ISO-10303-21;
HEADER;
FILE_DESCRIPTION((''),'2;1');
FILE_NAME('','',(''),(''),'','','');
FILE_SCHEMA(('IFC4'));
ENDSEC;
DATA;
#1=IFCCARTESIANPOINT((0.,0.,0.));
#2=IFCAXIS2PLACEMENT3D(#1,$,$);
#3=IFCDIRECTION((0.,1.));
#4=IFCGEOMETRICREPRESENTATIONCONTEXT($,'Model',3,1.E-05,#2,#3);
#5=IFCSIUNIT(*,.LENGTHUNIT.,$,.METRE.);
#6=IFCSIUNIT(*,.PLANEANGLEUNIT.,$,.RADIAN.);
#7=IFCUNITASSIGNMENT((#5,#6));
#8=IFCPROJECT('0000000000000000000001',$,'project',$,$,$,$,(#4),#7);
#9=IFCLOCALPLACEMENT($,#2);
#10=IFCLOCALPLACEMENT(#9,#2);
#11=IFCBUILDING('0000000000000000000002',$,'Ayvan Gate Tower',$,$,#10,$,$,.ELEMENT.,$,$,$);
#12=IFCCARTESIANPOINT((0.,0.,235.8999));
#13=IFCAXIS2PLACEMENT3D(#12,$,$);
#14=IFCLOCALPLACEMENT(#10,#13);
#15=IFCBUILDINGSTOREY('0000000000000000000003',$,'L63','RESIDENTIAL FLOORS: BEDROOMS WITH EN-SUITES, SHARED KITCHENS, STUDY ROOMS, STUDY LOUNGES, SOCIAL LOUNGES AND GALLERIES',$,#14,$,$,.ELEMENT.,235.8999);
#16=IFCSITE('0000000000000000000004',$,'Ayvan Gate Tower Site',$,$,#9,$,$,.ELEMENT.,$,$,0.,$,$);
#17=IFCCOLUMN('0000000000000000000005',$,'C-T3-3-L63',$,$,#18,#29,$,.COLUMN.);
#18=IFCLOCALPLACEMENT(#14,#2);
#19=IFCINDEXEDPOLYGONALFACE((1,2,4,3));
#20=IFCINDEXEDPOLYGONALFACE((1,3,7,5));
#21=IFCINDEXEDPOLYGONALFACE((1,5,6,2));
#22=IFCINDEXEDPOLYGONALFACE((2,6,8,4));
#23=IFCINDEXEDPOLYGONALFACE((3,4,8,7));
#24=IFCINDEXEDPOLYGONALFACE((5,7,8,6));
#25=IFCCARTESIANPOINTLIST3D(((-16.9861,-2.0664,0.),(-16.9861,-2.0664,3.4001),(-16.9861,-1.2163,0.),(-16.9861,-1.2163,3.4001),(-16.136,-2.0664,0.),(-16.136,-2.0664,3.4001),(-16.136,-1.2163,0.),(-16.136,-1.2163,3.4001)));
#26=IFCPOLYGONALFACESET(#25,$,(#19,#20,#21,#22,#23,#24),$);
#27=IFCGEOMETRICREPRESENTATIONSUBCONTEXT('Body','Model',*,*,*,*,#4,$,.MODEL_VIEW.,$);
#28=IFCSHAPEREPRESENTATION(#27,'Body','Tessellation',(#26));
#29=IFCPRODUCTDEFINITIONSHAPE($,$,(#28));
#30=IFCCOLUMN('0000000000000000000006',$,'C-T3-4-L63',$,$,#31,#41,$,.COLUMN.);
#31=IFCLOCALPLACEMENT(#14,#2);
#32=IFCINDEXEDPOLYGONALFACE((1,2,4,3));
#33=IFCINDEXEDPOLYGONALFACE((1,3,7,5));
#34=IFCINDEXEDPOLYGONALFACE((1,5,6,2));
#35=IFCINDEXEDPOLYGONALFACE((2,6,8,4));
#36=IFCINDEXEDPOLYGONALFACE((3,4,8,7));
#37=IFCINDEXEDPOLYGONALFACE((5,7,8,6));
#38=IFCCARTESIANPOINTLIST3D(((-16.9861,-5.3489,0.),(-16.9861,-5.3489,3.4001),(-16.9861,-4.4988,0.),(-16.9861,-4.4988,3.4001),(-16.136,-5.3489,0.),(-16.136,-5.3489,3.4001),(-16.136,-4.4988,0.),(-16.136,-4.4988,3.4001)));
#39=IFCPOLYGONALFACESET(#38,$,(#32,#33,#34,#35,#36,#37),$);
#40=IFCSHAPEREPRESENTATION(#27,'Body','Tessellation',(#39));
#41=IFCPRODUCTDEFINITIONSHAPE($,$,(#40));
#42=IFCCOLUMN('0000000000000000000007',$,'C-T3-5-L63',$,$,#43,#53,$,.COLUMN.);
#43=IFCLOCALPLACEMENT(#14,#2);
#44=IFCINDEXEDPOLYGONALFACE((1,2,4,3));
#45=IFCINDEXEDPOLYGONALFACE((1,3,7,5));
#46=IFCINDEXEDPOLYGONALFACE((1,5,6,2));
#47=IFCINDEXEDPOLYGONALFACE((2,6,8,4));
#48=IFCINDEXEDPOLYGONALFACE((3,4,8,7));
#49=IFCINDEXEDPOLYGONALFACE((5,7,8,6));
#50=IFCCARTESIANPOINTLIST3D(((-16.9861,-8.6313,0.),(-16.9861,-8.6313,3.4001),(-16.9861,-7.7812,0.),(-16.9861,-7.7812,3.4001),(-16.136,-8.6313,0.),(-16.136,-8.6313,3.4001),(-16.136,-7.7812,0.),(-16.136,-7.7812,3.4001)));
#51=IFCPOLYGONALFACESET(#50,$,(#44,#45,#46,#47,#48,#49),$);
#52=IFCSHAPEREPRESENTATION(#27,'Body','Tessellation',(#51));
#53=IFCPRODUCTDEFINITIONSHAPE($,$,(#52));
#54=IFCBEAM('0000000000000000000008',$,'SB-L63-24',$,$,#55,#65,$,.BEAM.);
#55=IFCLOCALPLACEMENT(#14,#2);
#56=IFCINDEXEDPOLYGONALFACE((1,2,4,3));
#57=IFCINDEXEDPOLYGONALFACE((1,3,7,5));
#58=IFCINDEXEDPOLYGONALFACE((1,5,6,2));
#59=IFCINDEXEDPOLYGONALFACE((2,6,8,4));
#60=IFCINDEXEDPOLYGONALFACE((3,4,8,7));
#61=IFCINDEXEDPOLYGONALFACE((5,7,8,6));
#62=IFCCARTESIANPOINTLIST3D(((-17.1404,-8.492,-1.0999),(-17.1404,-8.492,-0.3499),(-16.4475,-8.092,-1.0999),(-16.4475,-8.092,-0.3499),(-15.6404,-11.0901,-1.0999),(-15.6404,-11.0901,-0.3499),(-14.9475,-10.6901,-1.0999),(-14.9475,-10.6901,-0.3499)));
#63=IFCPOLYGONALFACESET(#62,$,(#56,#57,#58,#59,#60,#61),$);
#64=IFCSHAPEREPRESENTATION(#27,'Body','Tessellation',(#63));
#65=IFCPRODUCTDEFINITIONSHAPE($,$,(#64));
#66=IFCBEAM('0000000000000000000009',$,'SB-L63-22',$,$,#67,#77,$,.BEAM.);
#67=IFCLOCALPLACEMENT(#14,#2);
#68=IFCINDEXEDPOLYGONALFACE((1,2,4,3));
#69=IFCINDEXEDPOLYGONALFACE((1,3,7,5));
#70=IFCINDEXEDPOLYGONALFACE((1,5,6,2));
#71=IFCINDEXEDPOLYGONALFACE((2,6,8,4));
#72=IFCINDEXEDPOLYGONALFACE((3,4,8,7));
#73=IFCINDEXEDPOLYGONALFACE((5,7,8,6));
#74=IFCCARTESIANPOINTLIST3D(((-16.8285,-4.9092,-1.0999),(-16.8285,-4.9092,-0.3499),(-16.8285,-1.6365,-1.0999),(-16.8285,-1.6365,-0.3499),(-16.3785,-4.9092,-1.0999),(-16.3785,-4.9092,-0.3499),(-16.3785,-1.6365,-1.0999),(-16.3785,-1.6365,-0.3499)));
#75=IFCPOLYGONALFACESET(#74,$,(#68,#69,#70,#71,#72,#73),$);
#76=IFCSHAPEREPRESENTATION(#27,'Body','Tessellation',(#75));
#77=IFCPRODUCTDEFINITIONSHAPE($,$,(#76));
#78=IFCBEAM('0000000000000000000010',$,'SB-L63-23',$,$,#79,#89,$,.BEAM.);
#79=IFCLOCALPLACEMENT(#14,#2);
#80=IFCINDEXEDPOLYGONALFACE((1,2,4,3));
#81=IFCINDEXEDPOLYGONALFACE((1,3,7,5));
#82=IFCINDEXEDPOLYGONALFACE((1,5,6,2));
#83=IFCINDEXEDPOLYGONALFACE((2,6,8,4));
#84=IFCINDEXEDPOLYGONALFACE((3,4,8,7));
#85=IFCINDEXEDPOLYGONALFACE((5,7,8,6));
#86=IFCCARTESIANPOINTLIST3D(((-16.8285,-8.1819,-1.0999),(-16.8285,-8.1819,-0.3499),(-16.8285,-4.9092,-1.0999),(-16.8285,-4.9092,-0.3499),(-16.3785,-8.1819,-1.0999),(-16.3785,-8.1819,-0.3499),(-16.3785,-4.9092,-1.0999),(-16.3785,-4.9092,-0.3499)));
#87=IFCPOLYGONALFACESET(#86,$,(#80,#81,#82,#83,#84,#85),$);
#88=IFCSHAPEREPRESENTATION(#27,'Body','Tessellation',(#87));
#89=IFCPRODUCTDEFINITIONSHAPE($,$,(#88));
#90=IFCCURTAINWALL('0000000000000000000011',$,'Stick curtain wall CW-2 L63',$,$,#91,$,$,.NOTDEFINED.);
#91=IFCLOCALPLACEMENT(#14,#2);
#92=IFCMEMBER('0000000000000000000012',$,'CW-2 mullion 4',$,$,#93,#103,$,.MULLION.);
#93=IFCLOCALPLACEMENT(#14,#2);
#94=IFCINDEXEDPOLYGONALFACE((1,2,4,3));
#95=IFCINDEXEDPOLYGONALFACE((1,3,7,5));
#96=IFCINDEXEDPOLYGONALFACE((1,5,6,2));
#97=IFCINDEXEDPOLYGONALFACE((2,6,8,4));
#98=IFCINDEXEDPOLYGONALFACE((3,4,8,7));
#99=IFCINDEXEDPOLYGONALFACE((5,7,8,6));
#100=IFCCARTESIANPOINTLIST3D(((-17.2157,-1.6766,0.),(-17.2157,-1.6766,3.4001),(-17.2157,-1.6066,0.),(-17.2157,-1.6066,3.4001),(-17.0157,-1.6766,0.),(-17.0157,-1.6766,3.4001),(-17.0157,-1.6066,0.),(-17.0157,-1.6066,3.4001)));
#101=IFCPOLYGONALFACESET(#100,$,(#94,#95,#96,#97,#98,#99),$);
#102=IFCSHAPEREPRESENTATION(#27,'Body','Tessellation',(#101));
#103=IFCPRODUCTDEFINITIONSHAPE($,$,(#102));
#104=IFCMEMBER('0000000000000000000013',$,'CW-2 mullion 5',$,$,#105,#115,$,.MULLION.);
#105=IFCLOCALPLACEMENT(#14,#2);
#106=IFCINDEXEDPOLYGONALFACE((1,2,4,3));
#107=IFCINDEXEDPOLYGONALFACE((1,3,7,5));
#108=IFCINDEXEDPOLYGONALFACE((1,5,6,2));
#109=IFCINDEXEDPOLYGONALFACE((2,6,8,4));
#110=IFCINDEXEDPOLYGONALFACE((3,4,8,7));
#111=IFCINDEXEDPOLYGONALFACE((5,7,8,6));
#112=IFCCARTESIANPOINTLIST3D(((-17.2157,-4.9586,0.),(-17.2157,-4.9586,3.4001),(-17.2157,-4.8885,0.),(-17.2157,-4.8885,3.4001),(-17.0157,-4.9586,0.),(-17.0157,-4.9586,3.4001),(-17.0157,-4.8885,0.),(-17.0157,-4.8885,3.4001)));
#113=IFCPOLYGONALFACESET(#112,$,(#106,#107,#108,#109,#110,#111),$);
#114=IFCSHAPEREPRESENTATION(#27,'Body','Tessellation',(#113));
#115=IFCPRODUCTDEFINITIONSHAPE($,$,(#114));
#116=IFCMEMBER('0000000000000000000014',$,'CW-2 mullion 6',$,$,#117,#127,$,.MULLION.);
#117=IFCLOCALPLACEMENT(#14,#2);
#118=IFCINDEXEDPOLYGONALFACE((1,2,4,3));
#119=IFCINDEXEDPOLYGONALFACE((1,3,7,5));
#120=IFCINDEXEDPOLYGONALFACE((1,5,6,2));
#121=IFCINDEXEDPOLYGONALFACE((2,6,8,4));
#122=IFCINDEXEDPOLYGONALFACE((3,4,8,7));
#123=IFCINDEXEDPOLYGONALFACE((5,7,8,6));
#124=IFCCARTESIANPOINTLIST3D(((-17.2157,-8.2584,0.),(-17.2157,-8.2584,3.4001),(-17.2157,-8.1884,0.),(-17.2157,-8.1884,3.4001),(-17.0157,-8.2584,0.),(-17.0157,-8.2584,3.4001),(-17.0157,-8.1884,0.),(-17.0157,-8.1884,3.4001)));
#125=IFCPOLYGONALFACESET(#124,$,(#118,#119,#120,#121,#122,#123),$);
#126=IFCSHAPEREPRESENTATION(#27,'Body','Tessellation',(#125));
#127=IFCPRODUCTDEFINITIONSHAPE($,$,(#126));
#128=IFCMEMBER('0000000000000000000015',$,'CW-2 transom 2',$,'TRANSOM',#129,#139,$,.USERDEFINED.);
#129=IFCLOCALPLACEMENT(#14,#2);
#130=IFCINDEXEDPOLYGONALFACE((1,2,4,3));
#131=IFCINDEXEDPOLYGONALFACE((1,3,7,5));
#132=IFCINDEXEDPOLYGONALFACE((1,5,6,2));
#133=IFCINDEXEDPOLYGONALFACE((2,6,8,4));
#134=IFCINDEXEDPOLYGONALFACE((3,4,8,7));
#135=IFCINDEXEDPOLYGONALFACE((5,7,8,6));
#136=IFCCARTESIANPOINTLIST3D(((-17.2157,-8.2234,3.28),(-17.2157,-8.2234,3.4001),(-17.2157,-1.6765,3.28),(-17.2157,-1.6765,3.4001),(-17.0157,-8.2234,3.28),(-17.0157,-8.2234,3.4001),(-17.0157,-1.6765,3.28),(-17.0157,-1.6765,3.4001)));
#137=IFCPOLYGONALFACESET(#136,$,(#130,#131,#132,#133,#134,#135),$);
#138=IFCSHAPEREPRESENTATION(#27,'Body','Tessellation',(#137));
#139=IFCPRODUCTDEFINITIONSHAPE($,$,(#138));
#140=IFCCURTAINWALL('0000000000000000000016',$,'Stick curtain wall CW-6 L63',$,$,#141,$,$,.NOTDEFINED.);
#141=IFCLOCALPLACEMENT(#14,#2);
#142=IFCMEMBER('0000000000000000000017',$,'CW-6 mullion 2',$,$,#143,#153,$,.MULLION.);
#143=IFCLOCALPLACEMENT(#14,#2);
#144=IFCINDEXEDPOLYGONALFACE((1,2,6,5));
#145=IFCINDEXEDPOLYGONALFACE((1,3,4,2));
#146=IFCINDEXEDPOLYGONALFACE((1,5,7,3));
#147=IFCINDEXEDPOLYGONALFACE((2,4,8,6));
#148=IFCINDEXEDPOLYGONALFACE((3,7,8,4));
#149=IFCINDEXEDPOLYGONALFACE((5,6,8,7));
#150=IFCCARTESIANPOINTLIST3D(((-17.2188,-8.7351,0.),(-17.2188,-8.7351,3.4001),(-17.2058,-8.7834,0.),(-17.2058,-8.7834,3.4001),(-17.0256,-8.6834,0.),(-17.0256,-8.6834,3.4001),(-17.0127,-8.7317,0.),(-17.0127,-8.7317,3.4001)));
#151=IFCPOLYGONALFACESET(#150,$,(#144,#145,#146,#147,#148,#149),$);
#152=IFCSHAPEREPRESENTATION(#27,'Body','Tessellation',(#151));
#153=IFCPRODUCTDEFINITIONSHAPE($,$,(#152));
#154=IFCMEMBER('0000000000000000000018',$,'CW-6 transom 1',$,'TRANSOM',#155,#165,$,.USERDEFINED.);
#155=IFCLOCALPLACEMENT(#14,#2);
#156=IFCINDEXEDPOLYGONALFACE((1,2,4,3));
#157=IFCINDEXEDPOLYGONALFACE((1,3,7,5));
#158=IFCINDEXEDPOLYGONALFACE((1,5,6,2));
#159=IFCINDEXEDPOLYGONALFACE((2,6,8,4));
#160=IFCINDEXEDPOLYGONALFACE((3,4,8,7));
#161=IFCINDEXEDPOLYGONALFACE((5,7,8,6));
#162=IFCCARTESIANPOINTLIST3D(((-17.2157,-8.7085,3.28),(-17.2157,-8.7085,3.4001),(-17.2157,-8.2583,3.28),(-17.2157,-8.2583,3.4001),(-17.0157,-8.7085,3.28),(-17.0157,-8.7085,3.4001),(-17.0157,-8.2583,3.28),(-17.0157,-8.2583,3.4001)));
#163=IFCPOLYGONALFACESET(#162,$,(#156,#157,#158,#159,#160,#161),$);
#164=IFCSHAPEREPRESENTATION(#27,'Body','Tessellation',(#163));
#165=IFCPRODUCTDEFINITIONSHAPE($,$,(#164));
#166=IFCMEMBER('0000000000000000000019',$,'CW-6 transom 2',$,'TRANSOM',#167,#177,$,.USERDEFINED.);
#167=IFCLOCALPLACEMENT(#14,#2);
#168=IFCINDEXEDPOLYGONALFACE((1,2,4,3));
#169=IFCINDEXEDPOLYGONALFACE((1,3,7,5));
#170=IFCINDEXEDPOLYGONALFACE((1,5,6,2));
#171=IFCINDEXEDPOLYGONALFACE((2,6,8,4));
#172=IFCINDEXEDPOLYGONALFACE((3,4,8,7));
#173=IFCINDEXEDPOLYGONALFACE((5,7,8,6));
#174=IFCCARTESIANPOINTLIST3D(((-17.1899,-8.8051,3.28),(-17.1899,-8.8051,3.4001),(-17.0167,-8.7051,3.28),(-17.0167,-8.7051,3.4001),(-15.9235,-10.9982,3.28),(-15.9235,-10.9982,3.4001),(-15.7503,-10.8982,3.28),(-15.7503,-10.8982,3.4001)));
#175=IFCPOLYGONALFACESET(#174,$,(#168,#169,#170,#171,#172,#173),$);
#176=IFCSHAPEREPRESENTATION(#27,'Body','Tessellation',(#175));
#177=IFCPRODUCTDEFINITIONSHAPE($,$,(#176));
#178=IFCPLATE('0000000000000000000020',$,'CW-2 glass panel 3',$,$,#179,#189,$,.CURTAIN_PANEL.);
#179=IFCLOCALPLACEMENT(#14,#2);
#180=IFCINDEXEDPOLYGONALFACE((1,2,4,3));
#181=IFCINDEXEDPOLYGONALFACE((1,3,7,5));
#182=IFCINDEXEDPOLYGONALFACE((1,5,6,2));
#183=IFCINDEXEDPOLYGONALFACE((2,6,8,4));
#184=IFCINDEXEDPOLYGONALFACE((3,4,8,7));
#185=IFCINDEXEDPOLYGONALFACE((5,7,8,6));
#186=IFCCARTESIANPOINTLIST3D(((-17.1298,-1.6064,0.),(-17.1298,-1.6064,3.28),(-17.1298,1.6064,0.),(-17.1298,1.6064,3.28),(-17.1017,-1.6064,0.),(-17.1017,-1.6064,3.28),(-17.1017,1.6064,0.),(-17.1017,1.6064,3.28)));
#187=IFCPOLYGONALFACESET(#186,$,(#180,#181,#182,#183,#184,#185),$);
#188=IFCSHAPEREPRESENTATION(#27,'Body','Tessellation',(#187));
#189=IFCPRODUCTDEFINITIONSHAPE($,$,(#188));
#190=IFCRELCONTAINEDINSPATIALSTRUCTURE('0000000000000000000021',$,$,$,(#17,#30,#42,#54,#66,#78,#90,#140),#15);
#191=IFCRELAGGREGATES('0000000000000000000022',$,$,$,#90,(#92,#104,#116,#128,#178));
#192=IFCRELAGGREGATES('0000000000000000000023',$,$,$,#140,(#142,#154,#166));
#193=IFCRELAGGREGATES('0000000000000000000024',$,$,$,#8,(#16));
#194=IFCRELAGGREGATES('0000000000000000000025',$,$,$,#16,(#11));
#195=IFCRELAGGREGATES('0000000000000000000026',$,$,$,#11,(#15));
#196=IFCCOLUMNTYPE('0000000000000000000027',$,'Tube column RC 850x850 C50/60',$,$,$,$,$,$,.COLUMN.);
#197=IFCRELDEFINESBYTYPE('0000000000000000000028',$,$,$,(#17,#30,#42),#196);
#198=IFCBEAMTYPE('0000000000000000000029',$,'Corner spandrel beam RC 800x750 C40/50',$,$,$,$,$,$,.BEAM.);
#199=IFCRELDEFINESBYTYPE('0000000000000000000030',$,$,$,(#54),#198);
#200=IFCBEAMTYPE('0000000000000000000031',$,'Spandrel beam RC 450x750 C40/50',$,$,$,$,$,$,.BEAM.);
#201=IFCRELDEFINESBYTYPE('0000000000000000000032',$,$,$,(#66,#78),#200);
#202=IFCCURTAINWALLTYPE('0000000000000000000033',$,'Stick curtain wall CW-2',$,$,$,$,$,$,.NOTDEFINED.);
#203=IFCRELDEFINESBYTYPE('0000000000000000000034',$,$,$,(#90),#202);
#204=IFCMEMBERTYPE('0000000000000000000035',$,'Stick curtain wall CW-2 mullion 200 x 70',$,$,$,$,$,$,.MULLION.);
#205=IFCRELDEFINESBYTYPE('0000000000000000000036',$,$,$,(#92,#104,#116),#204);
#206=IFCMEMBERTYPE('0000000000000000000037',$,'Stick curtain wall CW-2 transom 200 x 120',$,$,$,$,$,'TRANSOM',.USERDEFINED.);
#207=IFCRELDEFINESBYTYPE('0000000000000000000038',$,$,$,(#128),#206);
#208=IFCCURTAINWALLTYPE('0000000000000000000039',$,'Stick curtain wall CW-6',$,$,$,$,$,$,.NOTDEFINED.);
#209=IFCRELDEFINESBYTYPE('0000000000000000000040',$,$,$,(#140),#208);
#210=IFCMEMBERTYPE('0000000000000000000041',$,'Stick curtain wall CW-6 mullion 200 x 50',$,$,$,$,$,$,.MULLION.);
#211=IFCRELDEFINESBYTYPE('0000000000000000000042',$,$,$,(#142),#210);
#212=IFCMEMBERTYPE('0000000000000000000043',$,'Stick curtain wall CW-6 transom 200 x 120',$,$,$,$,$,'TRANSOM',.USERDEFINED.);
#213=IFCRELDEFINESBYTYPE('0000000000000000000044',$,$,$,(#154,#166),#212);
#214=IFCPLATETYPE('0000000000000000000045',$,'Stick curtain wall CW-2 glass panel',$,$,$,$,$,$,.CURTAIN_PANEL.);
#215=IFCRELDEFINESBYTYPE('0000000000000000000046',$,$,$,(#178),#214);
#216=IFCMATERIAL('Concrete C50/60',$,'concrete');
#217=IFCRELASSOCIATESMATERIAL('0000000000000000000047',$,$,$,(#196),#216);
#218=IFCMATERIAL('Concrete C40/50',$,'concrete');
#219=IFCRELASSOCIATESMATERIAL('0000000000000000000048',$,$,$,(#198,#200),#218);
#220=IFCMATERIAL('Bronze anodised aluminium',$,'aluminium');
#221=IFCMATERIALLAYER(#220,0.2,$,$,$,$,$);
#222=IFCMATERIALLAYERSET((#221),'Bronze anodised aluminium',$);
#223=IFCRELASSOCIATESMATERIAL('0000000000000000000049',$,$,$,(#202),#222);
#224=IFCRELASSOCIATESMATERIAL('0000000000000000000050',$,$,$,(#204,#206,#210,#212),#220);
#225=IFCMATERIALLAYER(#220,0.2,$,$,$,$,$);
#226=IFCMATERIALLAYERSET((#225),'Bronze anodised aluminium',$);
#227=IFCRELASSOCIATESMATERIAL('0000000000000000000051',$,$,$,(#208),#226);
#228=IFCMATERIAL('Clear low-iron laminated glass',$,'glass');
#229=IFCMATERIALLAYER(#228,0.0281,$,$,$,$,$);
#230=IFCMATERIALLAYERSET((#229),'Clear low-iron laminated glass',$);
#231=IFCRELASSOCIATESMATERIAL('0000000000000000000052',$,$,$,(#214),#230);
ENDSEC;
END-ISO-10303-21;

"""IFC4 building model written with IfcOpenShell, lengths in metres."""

from ifc_helpers import new_model, si_unit, direction, frame, origin, origin_2d, place, context, subcontext, project, spatial, rectangle, extrude, material, layer, layer_set, material_profile, profile_set, type_object, element, aggregate, save


model = new_model("IFC4")

# Units and contexts
model_context = context("Model", 3, precision=1e-05, world=origin(), true_north=direction((0.0, 1.0)))
body_context = subcontext(model_context, "Body", "Model", "MODEL_VIEW")
ifc_project = project(units=[si_unit("LENGTHUNIT", "METRE"), si_unit("PLANEANGLEUNIT", "RADIAN")], contexts=[model_context])

# Site, building, storey
site_placement = place(None, origin())
site = spatial("IfcSite", under=ifc_project, at=site_placement, Name="Ayvan Gate Tower Site", CompositionType="ELEMENT", RefElevation=0.0)
building_placement = place(site_placement, origin())
building = spatial("IfcBuilding", under=site, at=building_placement, Name="Ayvan Gate Tower", CompositionType="ELEMENT")
storey_placement = place(building_placement, frame((0.0, 0.0, 235.8999)))
storey = spatial("IfcBuildingStorey", under=building, at=storey_placement, Name="L63", Description="RESIDENTIAL FLOORS: BEDROOMS WITH EN-SUITES, SHARED KITCHENS, STUDY ROOMS, STUDY LOUNGES, SOCIAL LOUNGES AND GALLERIES", CompositionType="ELEMENT", Elevation=235.8999)

# Columns
ifc_material_1 = material(Name="Concrete C50/60", Category="concrete")
ifc_material_profile_1 = material_profile(ifc_material_1, rectangle(XDim=0.8501, YDim=0.8501, at=origin_2d()), Name="RC 850x850")
ifc_profile_set_1 = profile_set([ifc_material_profile_1], Name="Concrete C50/60")
column_type = type_object("IfcColumnType", Name="Tube column RC 850x850 C50/60", PredefinedType="COLUMN", material=ifc_profile_set_1)
for number, where, z_axis, x_axis, name in (
    (1, (-16.561, -1.6414, 0.0), (0.0, 0.0, 1.0), (-1.0, 0.0, 0.0), "C-T3-3-L63"),
    (2, (-16.561, -4.9238, 0.0), (0.0, 0.0, 1.0), (-1.0, 0.0, 0.0), "C-T3-4-L63"),
    (3, (-16.561, -8.2063, 0.0), (0.0, 0.0, 1.0), (-1.0, 0.0, 0.0), "C-T3-5-L63"),
):
    element("IfcColumn", number, at=place(storey_placement, frame(where, z_axis=z_axis, x_axis=x_axis)), inside=storey, type_object=column_type, Name=name, PredefinedType="COLUMN", context=body_context, shape_type="SweptSolid", body=[
        extrude(rectangle(XDim=0.8501, YDim=0.8501, at=origin_2d()), origin(), (0.0, 0.0, 1.0), 3.4001),
    ])

# Beams
ifc_material_2 = material(Name="Concrete C40/50", Category="concrete")
ifc_material_profile_2 = material_profile(ifc_material_2, rectangle(XDim=0.8, YDim=0.75, at=origin_2d()), Name="RC 800x750")
ifc_profile_set_2 = profile_set([ifc_material_profile_2], Name="Concrete C40/50")
beam_type_1 = type_object("IfcBeamType", Name="Corner spandrel beam RC 800x750 C40/50", PredefinedType="BEAM", material=ifc_profile_set_2)
beam_placement = place(storey_placement, frame((-16.7939, -8.292, -0.7249), z_axis=(0.49999, -0.866031, 0.0), x_axis=(0.866031, 0.49999, 0.0)))
element("IfcBeam", 4, at=beam_placement, inside=storey, type_object=beam_type_1, Name="SB-L63-24", PredefinedType="BEAM", context=body_context, shape_type="SweptSolid", body=[
    extrude(rectangle(XDim=0.8, YDim=0.75, at=origin_2d()), origin(), (0.0, 0.0, 1.0), 3.0),
])
ifc_material_profile_3 = material_profile(ifc_material_2, rectangle(XDim=0.45, YDim=0.75, at=origin_2d()), Name="RC 450x750")
ifc_profile_set_3 = profile_set([ifc_material_profile_3], Name="Concrete C40/50")
beam_type_2 = type_object("IfcBeamType", Name="Spandrel beam RC 450x750 C40/50", PredefinedType="BEAM", material=ifc_profile_set_3)
for number, where, z_axis, x_axis, name in (
    (5, (-16.6035, -1.6365, -0.7249), (0.0, -1.0, 0.0), (1.0, 0.0, 0.0), "SB-L63-22"),
    (6, (-16.6035, -4.9092, -0.7249), (0.0, -1.0, 0.0), (1.0, 0.0, 0.0), "SB-L63-23"),
):
    element("IfcBeam", number, at=place(storey_placement, frame(where, z_axis=z_axis, x_axis=x_axis)), inside=storey, type_object=beam_type_2, Name=name, PredefinedType="BEAM", context=body_context, shape_type="SweptSolid", body=[
        extrude(rectangle(XDim=0.45, YDim=0.75, at=origin_2d()), origin(), (0.0, 0.0, 1.0), 3.2727),
    ])

# Curtain walls, members
ifc_material_3 = material(Name="Bronze anodised aluminium", Category="aluminium")
ifc_layer_1 = layer(ifc_material_3, 0.2)
ifc_layer_set_1 = layer_set([ifc_layer_1], Name="Bronze anodised aluminium")
curtain_wall_type_1 = type_object("IfcCurtainWallType", Name="Stick curtain wall CW-2", PredefinedType="NOTDEFINED", material=ifc_layer_set_1)
curtain_wall_1_placement = place(storey_placement, origin())
curtain_wall_1 = element("IfcCurtainWall", 7, at=curtain_wall_1_placement, inside=storey, type_object=curtain_wall_type_1, Name="Stick curtain wall CW-2 L63", PredefinedType="NOTDEFINED")
ifc_material_profile_4 = material_profile(ifc_material_3, rectangle(XDim=0.2, YDim=0.0701, at=origin_2d()), Name="Stick curtain wall CW-2 mullion 200 x 70")
ifc_profile_set_4 = profile_set([ifc_material_profile_4], Name="Bronze anodised aluminium")
member_type_1 = type_object("IfcMemberType", Name="Stick curtain wall CW-2 mullion 200 x 70", PredefinedType="MULLION", material=ifc_profile_set_4)
member_1_placement = place(storey_placement, frame((-17.1157, -1.6416, 0.0), z_axis=(0.0, 0.0, 1.0), x_axis=(-1.0, 0.0, 0.0)))
member_1 = element("IfcMember", 8, at=member_1_placement, type_object=member_type_1, Name="CW-2 mullion 4", PredefinedType="MULLION", context=body_context, shape_type="SweptSolid", body=[
    extrude(rectangle(XDim=0.2, YDim=0.0701, at=origin_2d()), origin(), (0.0, 0.0, 1.0), 3.4001),
])
member_2_placement = place(storey_placement, frame((-17.1157, -4.9236, 0.0), z_axis=(0.0, 0.0, 1.0), x_axis=(-1.0, 0.0, 0.0)))
member_2 = element("IfcMember", 9, at=member_2_placement, type_object=member_type_1, Name="CW-2 mullion 5", PredefinedType="MULLION", context=body_context, shape_type="SweptSolid", body=[
    extrude(rectangle(XDim=0.2, YDim=0.0701, at=origin_2d()), origin(), (0.0, 0.0, 1.0), 3.4001),
])
member_3_placement = place(storey_placement, frame((-17.1157, -8.2234, 0.0), z_axis=(0.0, 0.0, 1.0), x_axis=(-1.0, 0.0, 0.0)))
member_3 = element("IfcMember", 10, at=member_3_placement, type_object=member_type_1, Name="CW-2 mullion 6", PredefinedType="MULLION", context=body_context, shape_type="SweptSolid", body=[
    extrude(rectangle(XDim=0.2, YDim=0.0701, at=origin_2d()), origin(), (0.0, 0.0, 1.0), 3.4001),
])
ifc_material_profile_5 = material_profile(ifc_material_3, rectangle(XDim=0.2, YDim=0.1201, at=origin_2d()), Name="Stick curtain wall CW-2 transom 200 x 120")
ifc_profile_set_5 = profile_set([ifc_material_profile_5], Name="Bronze anodised aluminium")
member_type_2 = type_object("IfcMemberType", Name="Stick curtain wall CW-2 transom 200 x 120", ElementType="TRANSOM", PredefinedType="USERDEFINED", material=ifc_profile_set_5)
member_4_placement = place(storey_placement, frame((-17.1157, -1.6765, 3.3401), z_axis=(0.0, -1.0, 0.0), x_axis=(1.0, 0.0, 0.0)))
member_4 = element("IfcMember", 11, at=member_4_placement, type_object=member_type_2, Name="CW-2 transom 2", ObjectType="TRANSOM", PredefinedType="USERDEFINED", context=body_context, shape_type="SweptSolid", body=[
    extrude(rectangle(XDim=0.2, YDim=0.1201, at=origin_2d()), origin(), (0.0, 0.0, 1.0), 6.5469),
])
ifc_layer_2 = layer(ifc_material_3, 0.2)
ifc_layer_set_2 = layer_set([ifc_layer_2], Name="Bronze anodised aluminium")
curtain_wall_type_2 = type_object("IfcCurtainWallType", Name="Stick curtain wall CW-6", PredefinedType="NOTDEFINED", material=ifc_layer_set_2)
curtain_wall_2_placement = place(storey_placement, origin())
curtain_wall_2 = element("IfcCurtainWall", 12, at=curtain_wall_2_placement, inside=storey, type_object=curtain_wall_type_2, Name="Stick curtain wall CW-6 L63", PredefinedType="NOTDEFINED")
ifc_material_profile_6 = material_profile(ifc_material_3, rectangle(XDim=0.2, YDim=0.05, at=origin_2d()), Name="Stick curtain wall CW-6 mullion 200 x 50")
ifc_profile_set_6 = profile_set([ifc_material_profile_6], Name="Bronze anodised aluminium")
member_type_3 = type_object("IfcMemberType", Name="Stick curtain wall CW-6 mullion 200 x 50", PredefinedType="MULLION", material=ifc_profile_set_6)
member_5_placement = place(storey_placement, frame((-17.1157, -8.7334, 0.0), z_axis=(0.0, 0.0, 1.0), x_axis=(-0.965926, -0.258819, 0.0)))
member_5 = element("IfcMember", 13, at=member_5_placement, type_object=member_type_3, Name="CW-6 mullion 2", PredefinedType="MULLION", context=body_context, shape_type="SweptSolid", body=[
    extrude(rectangle(XDim=0.2, YDim=0.05, at=origin_2d()), origin(), (0.0, 0.0, 1.0), 3.4001),
])
ifc_material_profile_7 = material_profile(ifc_material_3, rectangle(XDim=0.2, YDim=0.1201, at=origin_2d()), Name="Stick curtain wall CW-6 transom 200 x 120")
ifc_profile_set_7 = profile_set([ifc_material_profile_7], Name="Bronze anodised aluminium")
member_type_4 = type_object("IfcMemberType", Name="Stick curtain wall CW-6 transom 200 x 120", ElementType="TRANSOM", PredefinedType="USERDEFINED", material=ifc_profile_set_7)
member_6_placement = place(storey_placement, frame((-17.1157, -8.2583, 3.3401), z_axis=(0.0, -1.0, 0.0), x_axis=(1.0, 0.0, 0.0)))
member_6 = element("IfcMember", 14, at=member_6_placement, type_object=member_type_4, Name="CW-6 transom 1", ObjectType="TRANSOM", PredefinedType="USERDEFINED", context=body_context, shape_type="SweptSolid", body=[
    extrude(rectangle(XDim=0.2, YDim=0.1201, at=origin_2d()), origin(), (0.0, 0.0, 1.0), 0.4502),
])
member_7_placement = place(storey_placement, frame((-17.1033, -8.7551, 3.3401), z_axis=(0.500048, -0.865998, 0.0), x_axis=(0.865998, 0.500048, 0.0)))
member_7 = element("IfcMember", 15, at=member_7_placement, type_object=member_type_4, Name="CW-6 transom 2", ObjectType="TRANSOM", PredefinedType="USERDEFINED", context=body_context, shape_type="SweptSolid", body=[
    extrude(rectangle(XDim=0.2, YDim=0.1201, at=origin_2d()), origin(), (0.0, 0.0, 1.0), 2.5325),
])

# Plate
ifc_material_4 = material(Name="Clear low-iron laminated glass", Category="glass")
ifc_layer_3 = layer(ifc_material_4, 0.0281)
ifc_layer_set_3 = layer_set([ifc_layer_3], Name="Clear low-iron laminated glass")
plate_type_1 = type_object("IfcPlateType", Name="Stick curtain wall CW-2 glass panel", PredefinedType="CURTAIN_PANEL", material=ifc_layer_set_3)
plate_1_placement = place(storey_placement, frame((-17.1157, 0.0, 0.0), z_axis=(0.0, 0.0, 1.0), x_axis=(0.0, -1.0, 0.0)))
plate_1 = element("IfcPlate", 16, at=plate_1_placement, type_object=plate_type_1, Name="CW-2 glass panel 3", PredefinedType="CURTAIN_PANEL", context=body_context, shape_type="SweptSolid", body=[
    extrude(rectangle(XDim=3.2129, YDim=0.0281, at=origin_2d()), origin(), (0.0, 0.0, 1.0), 3.28),
])
aggregate(curtain_wall_1, [member_1, member_2, member_3, member_4, plate_1])
aggregate(curtain_wall_2, [member_5, member_6, member_7])

save(model, "model.ifc")
